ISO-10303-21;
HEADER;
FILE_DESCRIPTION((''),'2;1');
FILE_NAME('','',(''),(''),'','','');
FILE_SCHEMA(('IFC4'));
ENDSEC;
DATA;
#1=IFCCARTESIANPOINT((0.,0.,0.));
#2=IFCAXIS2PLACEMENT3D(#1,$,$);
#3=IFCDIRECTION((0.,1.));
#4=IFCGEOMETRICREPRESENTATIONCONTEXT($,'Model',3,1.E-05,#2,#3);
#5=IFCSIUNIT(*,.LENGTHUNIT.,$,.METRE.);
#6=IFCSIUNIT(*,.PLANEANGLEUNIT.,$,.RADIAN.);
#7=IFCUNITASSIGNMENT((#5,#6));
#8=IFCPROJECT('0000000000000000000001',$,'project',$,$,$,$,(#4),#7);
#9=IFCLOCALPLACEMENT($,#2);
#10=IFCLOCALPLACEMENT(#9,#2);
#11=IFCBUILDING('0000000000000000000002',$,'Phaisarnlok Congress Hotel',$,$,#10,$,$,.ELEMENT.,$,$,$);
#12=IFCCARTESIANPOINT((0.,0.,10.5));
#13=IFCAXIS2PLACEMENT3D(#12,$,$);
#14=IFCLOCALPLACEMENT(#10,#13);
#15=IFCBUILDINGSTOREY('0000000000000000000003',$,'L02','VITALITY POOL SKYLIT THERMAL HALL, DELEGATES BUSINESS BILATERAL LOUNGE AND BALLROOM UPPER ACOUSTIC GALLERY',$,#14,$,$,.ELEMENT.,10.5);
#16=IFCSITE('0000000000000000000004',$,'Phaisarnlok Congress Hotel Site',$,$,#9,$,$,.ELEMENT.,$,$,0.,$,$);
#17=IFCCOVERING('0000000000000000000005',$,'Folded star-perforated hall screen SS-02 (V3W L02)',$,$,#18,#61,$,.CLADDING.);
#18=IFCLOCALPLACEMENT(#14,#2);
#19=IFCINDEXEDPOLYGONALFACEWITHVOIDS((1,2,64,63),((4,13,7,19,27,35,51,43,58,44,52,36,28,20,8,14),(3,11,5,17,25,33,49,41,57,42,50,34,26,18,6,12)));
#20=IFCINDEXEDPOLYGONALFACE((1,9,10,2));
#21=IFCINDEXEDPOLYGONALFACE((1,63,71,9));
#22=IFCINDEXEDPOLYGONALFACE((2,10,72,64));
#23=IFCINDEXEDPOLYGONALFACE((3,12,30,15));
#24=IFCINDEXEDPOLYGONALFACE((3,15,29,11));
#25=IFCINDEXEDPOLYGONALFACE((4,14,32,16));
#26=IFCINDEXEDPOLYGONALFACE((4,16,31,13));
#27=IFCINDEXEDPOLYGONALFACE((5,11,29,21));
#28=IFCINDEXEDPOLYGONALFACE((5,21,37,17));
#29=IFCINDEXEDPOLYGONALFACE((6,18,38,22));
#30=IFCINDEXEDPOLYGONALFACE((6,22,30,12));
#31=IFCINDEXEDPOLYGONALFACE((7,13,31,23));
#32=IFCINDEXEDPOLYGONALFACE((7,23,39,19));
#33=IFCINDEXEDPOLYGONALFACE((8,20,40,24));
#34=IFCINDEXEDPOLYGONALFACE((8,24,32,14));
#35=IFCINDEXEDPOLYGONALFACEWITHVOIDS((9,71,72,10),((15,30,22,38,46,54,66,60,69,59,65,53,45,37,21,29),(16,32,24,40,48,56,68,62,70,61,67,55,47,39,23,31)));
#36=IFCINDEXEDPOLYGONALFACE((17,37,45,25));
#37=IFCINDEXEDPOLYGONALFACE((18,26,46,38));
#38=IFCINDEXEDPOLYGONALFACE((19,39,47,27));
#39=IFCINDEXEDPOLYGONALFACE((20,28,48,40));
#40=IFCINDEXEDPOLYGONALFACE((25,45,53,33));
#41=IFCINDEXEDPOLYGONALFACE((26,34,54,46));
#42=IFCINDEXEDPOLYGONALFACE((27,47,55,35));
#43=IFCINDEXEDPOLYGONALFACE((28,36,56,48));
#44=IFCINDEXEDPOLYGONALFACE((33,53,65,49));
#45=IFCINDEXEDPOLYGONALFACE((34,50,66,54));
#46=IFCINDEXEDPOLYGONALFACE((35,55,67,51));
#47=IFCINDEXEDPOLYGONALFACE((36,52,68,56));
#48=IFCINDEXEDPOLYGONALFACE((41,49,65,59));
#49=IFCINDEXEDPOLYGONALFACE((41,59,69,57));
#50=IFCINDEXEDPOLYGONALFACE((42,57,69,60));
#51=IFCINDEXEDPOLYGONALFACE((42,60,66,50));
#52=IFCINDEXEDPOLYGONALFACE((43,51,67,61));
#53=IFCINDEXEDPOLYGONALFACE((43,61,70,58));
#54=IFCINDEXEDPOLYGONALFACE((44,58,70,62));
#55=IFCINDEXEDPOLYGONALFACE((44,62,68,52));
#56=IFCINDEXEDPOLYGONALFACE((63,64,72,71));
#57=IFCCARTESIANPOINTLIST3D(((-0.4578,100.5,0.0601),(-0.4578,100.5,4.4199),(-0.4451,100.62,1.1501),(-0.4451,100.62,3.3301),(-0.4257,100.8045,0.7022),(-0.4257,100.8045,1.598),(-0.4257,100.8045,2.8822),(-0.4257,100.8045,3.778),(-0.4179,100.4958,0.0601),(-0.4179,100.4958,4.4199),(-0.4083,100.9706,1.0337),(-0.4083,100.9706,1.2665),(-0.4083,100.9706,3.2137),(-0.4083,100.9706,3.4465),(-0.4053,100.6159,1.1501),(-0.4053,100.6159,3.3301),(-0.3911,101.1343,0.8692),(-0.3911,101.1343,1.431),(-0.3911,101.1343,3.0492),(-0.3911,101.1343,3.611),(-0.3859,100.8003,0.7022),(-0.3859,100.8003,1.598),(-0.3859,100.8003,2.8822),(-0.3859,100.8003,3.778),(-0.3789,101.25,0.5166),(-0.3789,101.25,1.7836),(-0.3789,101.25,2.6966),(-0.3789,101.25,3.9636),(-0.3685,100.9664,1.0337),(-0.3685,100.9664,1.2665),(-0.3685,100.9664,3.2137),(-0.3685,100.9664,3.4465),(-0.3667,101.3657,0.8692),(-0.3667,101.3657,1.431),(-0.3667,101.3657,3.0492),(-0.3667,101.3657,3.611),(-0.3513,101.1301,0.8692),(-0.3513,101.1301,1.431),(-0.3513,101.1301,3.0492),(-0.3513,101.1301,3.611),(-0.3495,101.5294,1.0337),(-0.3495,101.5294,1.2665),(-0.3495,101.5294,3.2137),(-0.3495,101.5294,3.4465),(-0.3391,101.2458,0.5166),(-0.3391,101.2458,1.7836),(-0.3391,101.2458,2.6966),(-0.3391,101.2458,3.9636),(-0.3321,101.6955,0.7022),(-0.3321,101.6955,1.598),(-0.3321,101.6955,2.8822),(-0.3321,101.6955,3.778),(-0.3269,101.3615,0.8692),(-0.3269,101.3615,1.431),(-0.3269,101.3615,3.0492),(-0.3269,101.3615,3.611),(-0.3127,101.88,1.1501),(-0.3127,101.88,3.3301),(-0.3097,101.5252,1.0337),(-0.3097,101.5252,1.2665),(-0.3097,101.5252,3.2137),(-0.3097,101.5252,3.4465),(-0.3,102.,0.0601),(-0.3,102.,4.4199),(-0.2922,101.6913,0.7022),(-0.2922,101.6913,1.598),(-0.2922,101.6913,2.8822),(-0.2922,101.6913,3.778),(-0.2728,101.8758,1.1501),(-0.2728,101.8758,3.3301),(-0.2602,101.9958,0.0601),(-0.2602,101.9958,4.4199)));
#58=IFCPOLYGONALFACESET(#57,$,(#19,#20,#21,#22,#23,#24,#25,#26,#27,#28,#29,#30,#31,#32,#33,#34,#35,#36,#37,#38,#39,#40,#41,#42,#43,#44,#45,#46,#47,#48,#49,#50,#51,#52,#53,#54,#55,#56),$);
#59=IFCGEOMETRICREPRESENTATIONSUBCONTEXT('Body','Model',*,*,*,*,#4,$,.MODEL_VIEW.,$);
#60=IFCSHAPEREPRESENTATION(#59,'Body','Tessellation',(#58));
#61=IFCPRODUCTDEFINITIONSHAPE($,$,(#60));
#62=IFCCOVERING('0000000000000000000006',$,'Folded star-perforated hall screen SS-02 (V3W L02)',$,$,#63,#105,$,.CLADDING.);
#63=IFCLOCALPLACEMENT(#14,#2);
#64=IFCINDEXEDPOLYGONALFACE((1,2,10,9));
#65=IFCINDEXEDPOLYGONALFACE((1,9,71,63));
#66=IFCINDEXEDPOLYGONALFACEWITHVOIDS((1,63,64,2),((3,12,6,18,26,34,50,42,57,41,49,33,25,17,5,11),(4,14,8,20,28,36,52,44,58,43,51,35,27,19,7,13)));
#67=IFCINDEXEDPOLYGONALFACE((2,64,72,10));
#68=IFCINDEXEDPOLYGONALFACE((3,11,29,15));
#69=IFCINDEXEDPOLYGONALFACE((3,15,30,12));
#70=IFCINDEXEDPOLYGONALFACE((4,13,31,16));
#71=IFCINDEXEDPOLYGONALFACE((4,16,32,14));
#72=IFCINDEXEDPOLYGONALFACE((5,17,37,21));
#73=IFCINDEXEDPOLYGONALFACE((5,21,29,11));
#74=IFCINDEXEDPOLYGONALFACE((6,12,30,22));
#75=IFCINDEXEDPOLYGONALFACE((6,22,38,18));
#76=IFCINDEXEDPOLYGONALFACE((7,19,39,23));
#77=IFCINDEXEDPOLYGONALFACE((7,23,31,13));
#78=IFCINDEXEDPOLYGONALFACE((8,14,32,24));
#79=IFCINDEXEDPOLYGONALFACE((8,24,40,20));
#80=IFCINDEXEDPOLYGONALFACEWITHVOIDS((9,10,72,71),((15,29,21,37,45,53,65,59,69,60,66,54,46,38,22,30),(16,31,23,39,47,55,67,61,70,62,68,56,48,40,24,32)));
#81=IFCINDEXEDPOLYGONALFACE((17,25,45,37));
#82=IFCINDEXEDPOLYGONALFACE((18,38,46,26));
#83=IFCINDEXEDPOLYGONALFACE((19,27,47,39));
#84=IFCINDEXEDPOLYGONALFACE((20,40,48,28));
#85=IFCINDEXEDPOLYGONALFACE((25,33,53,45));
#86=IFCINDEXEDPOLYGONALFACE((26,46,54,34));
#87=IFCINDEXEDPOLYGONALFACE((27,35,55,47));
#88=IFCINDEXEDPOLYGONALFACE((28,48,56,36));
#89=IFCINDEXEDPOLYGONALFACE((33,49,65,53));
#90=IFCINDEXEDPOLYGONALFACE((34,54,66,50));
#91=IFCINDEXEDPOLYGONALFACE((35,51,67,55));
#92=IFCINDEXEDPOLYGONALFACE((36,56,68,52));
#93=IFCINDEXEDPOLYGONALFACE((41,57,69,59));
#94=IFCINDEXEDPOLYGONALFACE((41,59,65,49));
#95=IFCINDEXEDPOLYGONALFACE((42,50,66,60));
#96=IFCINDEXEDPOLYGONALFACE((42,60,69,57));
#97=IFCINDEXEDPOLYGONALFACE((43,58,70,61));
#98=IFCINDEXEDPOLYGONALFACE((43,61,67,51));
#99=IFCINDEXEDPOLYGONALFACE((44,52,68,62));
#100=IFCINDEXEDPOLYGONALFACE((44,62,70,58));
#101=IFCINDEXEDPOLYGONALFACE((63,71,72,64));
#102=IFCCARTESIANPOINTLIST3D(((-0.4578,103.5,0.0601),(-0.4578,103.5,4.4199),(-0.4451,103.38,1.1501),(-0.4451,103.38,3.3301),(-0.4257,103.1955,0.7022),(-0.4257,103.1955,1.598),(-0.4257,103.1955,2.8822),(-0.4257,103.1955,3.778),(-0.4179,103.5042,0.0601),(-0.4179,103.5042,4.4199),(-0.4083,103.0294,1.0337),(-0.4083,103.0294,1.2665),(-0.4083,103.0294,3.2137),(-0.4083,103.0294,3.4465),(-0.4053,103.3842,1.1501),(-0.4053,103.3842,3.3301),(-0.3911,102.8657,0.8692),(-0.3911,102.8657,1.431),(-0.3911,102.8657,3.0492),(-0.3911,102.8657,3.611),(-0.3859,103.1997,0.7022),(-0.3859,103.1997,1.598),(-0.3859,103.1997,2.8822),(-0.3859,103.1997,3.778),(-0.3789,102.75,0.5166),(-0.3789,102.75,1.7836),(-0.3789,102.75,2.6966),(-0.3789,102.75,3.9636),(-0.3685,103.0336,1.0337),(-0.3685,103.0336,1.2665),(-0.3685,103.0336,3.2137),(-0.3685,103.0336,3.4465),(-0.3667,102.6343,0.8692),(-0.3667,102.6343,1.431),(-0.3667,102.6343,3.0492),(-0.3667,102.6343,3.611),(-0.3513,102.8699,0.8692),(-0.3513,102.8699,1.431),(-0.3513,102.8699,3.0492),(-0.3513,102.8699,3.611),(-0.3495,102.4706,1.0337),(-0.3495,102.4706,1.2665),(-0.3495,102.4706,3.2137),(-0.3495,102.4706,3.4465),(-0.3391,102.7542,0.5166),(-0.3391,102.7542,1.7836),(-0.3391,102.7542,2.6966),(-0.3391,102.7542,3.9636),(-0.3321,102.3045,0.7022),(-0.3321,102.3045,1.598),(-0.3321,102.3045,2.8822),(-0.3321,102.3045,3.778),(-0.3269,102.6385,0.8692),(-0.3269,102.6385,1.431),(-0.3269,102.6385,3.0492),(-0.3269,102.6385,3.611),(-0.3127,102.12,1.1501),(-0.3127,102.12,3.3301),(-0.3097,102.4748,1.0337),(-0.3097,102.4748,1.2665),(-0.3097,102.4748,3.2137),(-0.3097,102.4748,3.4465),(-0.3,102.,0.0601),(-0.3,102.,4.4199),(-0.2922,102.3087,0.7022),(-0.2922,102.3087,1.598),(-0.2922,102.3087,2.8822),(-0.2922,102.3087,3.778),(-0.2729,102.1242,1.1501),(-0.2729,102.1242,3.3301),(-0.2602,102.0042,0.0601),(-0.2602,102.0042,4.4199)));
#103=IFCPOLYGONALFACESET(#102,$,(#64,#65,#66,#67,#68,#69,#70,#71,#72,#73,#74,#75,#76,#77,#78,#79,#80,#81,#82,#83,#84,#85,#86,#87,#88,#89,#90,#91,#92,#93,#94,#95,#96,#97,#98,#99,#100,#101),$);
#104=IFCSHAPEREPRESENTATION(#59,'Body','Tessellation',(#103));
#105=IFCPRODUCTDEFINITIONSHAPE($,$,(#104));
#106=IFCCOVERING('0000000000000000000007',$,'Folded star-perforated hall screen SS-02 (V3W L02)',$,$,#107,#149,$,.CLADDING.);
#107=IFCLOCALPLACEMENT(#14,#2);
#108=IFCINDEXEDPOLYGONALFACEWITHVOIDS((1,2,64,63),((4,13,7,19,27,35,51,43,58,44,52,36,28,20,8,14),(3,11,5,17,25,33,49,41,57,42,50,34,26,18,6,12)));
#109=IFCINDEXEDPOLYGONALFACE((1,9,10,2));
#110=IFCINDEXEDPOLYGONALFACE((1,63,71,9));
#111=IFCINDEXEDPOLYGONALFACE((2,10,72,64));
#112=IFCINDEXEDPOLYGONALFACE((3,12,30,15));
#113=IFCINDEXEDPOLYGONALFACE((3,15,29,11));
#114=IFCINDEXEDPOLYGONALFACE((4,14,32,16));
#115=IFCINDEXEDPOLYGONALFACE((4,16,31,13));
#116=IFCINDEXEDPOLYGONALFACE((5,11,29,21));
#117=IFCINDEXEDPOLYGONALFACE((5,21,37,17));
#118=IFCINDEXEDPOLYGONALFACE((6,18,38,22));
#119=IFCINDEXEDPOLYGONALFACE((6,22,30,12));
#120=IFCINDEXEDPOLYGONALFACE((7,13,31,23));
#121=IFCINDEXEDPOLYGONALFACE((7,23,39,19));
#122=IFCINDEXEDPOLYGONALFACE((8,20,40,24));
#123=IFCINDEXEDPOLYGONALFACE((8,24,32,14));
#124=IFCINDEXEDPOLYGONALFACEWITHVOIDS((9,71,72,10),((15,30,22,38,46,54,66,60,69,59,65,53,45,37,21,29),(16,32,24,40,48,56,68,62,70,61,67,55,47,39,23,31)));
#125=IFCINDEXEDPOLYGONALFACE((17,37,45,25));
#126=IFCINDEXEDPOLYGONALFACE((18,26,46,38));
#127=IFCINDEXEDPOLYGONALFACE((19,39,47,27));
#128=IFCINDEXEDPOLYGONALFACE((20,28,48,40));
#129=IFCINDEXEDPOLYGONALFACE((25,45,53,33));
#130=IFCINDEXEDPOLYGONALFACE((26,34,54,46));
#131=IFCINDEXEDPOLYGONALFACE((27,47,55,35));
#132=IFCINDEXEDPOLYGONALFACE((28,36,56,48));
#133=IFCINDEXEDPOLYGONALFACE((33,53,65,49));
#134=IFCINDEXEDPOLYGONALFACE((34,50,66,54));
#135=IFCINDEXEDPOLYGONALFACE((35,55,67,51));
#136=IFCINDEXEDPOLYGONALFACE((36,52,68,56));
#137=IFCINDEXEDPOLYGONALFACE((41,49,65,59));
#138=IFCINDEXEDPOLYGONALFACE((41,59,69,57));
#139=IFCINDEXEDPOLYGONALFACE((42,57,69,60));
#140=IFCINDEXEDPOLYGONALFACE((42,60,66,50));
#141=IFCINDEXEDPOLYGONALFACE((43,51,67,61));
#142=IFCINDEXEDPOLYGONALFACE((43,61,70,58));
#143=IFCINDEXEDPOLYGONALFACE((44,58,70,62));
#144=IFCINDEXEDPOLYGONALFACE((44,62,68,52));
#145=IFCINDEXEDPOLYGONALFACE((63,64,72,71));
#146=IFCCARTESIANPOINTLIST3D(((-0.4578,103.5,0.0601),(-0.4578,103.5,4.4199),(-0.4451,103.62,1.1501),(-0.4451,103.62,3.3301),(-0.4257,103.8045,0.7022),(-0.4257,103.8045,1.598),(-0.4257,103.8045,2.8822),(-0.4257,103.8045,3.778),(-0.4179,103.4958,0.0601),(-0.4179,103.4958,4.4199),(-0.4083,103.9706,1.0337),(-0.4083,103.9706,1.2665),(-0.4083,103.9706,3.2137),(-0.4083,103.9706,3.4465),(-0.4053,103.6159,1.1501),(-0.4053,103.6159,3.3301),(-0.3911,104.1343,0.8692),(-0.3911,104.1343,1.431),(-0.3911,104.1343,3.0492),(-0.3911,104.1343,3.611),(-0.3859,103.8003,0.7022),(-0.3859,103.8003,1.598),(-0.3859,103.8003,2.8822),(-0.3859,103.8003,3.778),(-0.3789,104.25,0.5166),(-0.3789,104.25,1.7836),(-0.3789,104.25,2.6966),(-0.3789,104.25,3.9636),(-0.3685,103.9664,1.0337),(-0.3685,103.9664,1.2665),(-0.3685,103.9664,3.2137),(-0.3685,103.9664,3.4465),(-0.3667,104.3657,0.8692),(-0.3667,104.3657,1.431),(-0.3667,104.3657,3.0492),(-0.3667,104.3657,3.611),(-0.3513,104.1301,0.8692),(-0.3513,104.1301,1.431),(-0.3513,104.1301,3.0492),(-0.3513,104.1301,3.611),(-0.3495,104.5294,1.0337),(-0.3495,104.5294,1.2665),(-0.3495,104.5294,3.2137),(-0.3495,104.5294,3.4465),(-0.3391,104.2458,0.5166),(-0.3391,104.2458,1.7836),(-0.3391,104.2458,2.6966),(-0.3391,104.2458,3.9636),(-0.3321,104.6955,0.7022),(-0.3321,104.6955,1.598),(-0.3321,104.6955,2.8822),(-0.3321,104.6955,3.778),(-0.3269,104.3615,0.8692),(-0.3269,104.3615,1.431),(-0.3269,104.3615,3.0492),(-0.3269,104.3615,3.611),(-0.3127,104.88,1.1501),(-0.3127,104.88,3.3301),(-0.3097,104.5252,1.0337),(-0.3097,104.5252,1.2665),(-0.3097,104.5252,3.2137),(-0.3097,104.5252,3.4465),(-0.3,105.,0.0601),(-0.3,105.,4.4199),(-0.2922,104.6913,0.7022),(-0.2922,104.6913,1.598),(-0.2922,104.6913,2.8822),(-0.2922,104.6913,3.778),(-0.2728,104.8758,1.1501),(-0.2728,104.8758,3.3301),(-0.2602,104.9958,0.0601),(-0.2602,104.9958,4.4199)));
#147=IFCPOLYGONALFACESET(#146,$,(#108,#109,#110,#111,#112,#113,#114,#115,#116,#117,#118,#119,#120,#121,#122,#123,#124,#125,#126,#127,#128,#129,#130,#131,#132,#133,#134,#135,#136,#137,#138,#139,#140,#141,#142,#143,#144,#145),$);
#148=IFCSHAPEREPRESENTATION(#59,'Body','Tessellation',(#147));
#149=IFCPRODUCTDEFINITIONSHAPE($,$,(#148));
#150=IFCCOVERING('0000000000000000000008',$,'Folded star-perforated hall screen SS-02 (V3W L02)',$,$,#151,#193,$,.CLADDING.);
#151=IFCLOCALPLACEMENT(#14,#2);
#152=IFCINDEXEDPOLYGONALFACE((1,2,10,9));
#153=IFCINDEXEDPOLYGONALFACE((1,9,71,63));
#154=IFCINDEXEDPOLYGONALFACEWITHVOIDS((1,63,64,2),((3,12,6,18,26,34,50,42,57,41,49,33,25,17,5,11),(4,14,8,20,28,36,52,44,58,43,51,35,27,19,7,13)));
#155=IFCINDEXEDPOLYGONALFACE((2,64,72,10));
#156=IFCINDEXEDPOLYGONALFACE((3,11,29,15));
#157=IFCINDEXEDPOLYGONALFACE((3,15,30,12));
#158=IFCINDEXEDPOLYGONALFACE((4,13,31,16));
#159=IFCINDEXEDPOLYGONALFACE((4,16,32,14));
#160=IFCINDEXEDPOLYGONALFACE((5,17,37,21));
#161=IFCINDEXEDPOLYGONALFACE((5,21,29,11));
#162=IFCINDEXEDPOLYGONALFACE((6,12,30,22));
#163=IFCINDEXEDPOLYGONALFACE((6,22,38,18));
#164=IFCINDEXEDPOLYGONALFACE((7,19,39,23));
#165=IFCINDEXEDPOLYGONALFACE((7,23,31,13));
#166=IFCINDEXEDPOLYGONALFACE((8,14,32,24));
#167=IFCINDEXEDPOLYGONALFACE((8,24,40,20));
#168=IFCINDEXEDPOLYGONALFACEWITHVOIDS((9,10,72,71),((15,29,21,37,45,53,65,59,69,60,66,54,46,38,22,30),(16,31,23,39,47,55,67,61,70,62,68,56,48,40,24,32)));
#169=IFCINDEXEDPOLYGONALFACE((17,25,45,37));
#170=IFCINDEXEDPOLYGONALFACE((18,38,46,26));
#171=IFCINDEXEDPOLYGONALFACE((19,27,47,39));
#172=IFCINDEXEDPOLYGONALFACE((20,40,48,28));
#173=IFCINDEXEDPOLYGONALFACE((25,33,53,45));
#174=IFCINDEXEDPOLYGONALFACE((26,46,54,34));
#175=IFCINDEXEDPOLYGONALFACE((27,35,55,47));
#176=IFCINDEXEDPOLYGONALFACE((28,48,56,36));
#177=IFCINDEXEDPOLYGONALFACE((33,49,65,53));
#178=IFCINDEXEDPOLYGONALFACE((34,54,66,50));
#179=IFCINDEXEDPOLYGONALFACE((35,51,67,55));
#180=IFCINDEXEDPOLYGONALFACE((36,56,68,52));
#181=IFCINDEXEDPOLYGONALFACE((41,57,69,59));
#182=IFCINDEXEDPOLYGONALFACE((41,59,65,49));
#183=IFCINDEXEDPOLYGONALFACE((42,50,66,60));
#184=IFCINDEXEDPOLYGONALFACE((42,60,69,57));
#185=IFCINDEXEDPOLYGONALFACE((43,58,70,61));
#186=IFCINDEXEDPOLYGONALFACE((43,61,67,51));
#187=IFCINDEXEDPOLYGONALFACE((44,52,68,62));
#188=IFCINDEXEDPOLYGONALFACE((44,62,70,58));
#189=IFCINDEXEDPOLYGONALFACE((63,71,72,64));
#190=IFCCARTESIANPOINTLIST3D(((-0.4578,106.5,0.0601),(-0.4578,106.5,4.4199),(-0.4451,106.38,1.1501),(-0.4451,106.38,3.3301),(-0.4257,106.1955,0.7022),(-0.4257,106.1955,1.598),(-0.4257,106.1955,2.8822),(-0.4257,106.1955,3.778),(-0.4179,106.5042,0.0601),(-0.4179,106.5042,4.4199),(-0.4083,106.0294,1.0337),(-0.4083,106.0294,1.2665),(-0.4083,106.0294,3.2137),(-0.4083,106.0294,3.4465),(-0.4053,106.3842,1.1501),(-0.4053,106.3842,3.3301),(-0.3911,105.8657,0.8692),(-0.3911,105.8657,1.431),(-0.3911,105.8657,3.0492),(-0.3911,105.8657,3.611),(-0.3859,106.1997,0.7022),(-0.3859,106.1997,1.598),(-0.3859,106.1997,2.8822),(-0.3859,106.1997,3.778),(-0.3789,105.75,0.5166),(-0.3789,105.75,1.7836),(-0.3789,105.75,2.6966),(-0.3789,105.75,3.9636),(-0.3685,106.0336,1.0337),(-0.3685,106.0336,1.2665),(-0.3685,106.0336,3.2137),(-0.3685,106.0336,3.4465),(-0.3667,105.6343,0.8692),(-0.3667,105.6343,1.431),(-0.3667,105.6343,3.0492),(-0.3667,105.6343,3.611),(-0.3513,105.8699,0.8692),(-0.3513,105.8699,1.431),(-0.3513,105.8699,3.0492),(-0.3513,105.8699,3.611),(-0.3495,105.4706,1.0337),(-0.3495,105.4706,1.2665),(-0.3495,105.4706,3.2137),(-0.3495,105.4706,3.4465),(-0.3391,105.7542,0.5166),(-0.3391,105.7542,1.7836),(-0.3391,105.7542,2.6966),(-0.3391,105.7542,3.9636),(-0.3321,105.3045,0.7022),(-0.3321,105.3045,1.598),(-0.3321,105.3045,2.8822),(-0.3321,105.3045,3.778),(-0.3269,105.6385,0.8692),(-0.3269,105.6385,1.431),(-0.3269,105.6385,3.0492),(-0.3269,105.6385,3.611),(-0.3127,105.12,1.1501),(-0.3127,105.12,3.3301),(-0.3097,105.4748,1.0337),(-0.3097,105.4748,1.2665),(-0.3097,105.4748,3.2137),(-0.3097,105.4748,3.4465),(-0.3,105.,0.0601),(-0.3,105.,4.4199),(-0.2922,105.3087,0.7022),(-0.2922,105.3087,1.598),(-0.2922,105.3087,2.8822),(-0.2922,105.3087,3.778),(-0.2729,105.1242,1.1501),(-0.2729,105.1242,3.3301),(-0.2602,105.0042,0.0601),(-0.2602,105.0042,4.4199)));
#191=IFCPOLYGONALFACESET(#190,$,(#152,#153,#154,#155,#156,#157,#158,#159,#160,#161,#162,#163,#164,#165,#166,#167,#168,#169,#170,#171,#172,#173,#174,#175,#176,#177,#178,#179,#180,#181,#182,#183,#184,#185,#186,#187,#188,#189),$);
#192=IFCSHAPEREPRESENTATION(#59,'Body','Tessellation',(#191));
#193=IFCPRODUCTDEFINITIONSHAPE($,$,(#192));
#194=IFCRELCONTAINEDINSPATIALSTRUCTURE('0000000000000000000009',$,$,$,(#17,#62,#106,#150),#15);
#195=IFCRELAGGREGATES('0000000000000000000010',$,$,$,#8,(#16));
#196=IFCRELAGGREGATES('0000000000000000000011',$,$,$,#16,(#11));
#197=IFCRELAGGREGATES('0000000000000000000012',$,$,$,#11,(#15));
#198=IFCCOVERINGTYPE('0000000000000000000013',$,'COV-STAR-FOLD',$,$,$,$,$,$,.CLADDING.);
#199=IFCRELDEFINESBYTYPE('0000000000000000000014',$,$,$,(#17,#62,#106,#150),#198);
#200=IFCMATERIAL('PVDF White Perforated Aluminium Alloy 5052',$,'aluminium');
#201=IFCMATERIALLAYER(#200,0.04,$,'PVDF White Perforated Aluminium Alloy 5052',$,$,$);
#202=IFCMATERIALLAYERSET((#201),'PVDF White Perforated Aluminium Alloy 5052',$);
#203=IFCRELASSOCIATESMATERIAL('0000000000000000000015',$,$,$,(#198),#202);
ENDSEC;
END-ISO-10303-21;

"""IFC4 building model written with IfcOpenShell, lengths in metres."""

from ifc_helpers import new_model, si_unit, direction, frame, origin, place, context, subcontext, project, spatial, polyline, outline, extrude, material, layer, layer_set, type_object, element, save


model = new_model("IFC4")

# Units and contexts
model_context = context("Model", 3, precision=1e-05, world=origin(), true_north=direction((0.0, 1.0)))
body_context = subcontext(model_context, "Body", "Model", "MODEL_VIEW")
ifc_project = project(units=[si_unit("LENGTHUNIT", "METRE"), si_unit("PLANEANGLEUNIT", "RADIAN")], contexts=[model_context])

# Site, building, storey
site_placement = place(None, origin())
site = spatial("IfcSite", under=ifc_project, at=site_placement, Name="Phaisarnlok Congress Hotel Site", CompositionType="ELEMENT", RefElevation=0.0)
building_placement = place(site_placement, origin())
building = spatial("IfcBuilding", under=site, at=building_placement, Name="Phaisarnlok Congress Hotel", CompositionType="ELEMENT")
storey_placement = place(building_placement, frame((0.0, 0.0, 10.5)))
storey = spatial("IfcBuildingStorey", under=building, at=storey_placement, Name="L02", Description="VITALITY POOL SKYLIT THERMAL HALL, DELEGATES BUSINESS BILATERAL LOUNGE AND BALLROOM UPPER ACOUSTIC GALLERY", CompositionType="ELEMENT", Elevation=10.5)

# Coverings
ifc_material_1 = material(Name="PVDF White Perforated Aluminium Alloy 5052", Category="aluminium")
ifc_layer = layer(ifc_material_1, 0.04, Name="PVDF White Perforated Aluminium Alloy 5052")
ifc_layer_set = layer_set([ifc_layer], Name="PVDF White Perforated Aluminium Alloy 5052")
covering_type = type_object("IfcCoveringType", Name="COV-STAR-FOLD", PredefinedType="CLADDING", material=ifc_layer_set)
for number, where, z_axis, x_axis, name in (
    (1, (-0.4578, 100.5, 0.0601), (0.994518, -0.104567, 0.0), (0.104567, 0.994518, 0.0), "Folded star-perforated hall screen SS-02 (V3W L02)"),
    (2, (-0.3, 102.0, 0.0601), (0.994518, 0.104567, 0.0), (-0.104567, 0.994518, 0.0), "Folded star-perforated hall screen SS-02 (V3W L02)"),
    (3, (-0.4578, 103.5, 0.0601), (0.994518, -0.104567, 0.0), (0.104567, 0.994518, 0.0), "Folded star-perforated hall screen SS-02 (V3W L02)"),
    (4, (-0.3, 105.0, 0.0601), (0.994518, 0.104567, 0.0), (-0.104567, 0.994518, 0.0), "Folded star-perforated hall screen SS-02 (V3W L02)"),
):
    element("IfcCovering", number, at=place(storey_placement, frame(where, z_axis=z_axis, x_axis=x_axis)), inside=storey, type_object=covering_type, Name=name, PredefinedType="CLADDING", context=body_context, shape_type="SweptSolid", body=[
        extrude(outline(polyline([(0.0, 0.0), (1.5083, 0.0), (1.5083, 4.3599), (0.0, 4.3599), (0.0, 0.0)]), holes=[polyline([(1.0351, 0.9736), (1.2021, 0.6421), (0.8705, 0.8091), (0.7541, 0.4565), (0.6378, 0.8091), (0.3062, 0.6421), (0.4732, 0.9736), (0.1207, 1.09), (0.4732, 1.2064), (0.3062, 1.5379), (0.6378, 1.3709), (0.7541, 1.7235), (0.8705, 1.3709), (1.2021, 1.5379), (1.0351, 1.2064), (1.3876, 1.09), (1.0351, 0.9736)]), polyline([(1.0351, 3.1536), (1.2021, 2.8221), (0.8705, 2.9891), (0.7541, 2.6365), (0.6378, 2.9891), (0.3062, 2.8221), (0.4732, 3.1536), (0.1207, 3.27), (0.4732, 3.3864), (0.3062, 3.7179), (0.6378, 3.5509), (0.7541, 3.9035), (0.8705, 3.5509), (1.2021, 3.7179), (1.0351, 3.3864), (1.3876, 3.27), (1.0351, 3.1536)])]), origin(), (0.0, 0.0, 1.0), 0.04),
    ])

save(model, "model.ifc")
